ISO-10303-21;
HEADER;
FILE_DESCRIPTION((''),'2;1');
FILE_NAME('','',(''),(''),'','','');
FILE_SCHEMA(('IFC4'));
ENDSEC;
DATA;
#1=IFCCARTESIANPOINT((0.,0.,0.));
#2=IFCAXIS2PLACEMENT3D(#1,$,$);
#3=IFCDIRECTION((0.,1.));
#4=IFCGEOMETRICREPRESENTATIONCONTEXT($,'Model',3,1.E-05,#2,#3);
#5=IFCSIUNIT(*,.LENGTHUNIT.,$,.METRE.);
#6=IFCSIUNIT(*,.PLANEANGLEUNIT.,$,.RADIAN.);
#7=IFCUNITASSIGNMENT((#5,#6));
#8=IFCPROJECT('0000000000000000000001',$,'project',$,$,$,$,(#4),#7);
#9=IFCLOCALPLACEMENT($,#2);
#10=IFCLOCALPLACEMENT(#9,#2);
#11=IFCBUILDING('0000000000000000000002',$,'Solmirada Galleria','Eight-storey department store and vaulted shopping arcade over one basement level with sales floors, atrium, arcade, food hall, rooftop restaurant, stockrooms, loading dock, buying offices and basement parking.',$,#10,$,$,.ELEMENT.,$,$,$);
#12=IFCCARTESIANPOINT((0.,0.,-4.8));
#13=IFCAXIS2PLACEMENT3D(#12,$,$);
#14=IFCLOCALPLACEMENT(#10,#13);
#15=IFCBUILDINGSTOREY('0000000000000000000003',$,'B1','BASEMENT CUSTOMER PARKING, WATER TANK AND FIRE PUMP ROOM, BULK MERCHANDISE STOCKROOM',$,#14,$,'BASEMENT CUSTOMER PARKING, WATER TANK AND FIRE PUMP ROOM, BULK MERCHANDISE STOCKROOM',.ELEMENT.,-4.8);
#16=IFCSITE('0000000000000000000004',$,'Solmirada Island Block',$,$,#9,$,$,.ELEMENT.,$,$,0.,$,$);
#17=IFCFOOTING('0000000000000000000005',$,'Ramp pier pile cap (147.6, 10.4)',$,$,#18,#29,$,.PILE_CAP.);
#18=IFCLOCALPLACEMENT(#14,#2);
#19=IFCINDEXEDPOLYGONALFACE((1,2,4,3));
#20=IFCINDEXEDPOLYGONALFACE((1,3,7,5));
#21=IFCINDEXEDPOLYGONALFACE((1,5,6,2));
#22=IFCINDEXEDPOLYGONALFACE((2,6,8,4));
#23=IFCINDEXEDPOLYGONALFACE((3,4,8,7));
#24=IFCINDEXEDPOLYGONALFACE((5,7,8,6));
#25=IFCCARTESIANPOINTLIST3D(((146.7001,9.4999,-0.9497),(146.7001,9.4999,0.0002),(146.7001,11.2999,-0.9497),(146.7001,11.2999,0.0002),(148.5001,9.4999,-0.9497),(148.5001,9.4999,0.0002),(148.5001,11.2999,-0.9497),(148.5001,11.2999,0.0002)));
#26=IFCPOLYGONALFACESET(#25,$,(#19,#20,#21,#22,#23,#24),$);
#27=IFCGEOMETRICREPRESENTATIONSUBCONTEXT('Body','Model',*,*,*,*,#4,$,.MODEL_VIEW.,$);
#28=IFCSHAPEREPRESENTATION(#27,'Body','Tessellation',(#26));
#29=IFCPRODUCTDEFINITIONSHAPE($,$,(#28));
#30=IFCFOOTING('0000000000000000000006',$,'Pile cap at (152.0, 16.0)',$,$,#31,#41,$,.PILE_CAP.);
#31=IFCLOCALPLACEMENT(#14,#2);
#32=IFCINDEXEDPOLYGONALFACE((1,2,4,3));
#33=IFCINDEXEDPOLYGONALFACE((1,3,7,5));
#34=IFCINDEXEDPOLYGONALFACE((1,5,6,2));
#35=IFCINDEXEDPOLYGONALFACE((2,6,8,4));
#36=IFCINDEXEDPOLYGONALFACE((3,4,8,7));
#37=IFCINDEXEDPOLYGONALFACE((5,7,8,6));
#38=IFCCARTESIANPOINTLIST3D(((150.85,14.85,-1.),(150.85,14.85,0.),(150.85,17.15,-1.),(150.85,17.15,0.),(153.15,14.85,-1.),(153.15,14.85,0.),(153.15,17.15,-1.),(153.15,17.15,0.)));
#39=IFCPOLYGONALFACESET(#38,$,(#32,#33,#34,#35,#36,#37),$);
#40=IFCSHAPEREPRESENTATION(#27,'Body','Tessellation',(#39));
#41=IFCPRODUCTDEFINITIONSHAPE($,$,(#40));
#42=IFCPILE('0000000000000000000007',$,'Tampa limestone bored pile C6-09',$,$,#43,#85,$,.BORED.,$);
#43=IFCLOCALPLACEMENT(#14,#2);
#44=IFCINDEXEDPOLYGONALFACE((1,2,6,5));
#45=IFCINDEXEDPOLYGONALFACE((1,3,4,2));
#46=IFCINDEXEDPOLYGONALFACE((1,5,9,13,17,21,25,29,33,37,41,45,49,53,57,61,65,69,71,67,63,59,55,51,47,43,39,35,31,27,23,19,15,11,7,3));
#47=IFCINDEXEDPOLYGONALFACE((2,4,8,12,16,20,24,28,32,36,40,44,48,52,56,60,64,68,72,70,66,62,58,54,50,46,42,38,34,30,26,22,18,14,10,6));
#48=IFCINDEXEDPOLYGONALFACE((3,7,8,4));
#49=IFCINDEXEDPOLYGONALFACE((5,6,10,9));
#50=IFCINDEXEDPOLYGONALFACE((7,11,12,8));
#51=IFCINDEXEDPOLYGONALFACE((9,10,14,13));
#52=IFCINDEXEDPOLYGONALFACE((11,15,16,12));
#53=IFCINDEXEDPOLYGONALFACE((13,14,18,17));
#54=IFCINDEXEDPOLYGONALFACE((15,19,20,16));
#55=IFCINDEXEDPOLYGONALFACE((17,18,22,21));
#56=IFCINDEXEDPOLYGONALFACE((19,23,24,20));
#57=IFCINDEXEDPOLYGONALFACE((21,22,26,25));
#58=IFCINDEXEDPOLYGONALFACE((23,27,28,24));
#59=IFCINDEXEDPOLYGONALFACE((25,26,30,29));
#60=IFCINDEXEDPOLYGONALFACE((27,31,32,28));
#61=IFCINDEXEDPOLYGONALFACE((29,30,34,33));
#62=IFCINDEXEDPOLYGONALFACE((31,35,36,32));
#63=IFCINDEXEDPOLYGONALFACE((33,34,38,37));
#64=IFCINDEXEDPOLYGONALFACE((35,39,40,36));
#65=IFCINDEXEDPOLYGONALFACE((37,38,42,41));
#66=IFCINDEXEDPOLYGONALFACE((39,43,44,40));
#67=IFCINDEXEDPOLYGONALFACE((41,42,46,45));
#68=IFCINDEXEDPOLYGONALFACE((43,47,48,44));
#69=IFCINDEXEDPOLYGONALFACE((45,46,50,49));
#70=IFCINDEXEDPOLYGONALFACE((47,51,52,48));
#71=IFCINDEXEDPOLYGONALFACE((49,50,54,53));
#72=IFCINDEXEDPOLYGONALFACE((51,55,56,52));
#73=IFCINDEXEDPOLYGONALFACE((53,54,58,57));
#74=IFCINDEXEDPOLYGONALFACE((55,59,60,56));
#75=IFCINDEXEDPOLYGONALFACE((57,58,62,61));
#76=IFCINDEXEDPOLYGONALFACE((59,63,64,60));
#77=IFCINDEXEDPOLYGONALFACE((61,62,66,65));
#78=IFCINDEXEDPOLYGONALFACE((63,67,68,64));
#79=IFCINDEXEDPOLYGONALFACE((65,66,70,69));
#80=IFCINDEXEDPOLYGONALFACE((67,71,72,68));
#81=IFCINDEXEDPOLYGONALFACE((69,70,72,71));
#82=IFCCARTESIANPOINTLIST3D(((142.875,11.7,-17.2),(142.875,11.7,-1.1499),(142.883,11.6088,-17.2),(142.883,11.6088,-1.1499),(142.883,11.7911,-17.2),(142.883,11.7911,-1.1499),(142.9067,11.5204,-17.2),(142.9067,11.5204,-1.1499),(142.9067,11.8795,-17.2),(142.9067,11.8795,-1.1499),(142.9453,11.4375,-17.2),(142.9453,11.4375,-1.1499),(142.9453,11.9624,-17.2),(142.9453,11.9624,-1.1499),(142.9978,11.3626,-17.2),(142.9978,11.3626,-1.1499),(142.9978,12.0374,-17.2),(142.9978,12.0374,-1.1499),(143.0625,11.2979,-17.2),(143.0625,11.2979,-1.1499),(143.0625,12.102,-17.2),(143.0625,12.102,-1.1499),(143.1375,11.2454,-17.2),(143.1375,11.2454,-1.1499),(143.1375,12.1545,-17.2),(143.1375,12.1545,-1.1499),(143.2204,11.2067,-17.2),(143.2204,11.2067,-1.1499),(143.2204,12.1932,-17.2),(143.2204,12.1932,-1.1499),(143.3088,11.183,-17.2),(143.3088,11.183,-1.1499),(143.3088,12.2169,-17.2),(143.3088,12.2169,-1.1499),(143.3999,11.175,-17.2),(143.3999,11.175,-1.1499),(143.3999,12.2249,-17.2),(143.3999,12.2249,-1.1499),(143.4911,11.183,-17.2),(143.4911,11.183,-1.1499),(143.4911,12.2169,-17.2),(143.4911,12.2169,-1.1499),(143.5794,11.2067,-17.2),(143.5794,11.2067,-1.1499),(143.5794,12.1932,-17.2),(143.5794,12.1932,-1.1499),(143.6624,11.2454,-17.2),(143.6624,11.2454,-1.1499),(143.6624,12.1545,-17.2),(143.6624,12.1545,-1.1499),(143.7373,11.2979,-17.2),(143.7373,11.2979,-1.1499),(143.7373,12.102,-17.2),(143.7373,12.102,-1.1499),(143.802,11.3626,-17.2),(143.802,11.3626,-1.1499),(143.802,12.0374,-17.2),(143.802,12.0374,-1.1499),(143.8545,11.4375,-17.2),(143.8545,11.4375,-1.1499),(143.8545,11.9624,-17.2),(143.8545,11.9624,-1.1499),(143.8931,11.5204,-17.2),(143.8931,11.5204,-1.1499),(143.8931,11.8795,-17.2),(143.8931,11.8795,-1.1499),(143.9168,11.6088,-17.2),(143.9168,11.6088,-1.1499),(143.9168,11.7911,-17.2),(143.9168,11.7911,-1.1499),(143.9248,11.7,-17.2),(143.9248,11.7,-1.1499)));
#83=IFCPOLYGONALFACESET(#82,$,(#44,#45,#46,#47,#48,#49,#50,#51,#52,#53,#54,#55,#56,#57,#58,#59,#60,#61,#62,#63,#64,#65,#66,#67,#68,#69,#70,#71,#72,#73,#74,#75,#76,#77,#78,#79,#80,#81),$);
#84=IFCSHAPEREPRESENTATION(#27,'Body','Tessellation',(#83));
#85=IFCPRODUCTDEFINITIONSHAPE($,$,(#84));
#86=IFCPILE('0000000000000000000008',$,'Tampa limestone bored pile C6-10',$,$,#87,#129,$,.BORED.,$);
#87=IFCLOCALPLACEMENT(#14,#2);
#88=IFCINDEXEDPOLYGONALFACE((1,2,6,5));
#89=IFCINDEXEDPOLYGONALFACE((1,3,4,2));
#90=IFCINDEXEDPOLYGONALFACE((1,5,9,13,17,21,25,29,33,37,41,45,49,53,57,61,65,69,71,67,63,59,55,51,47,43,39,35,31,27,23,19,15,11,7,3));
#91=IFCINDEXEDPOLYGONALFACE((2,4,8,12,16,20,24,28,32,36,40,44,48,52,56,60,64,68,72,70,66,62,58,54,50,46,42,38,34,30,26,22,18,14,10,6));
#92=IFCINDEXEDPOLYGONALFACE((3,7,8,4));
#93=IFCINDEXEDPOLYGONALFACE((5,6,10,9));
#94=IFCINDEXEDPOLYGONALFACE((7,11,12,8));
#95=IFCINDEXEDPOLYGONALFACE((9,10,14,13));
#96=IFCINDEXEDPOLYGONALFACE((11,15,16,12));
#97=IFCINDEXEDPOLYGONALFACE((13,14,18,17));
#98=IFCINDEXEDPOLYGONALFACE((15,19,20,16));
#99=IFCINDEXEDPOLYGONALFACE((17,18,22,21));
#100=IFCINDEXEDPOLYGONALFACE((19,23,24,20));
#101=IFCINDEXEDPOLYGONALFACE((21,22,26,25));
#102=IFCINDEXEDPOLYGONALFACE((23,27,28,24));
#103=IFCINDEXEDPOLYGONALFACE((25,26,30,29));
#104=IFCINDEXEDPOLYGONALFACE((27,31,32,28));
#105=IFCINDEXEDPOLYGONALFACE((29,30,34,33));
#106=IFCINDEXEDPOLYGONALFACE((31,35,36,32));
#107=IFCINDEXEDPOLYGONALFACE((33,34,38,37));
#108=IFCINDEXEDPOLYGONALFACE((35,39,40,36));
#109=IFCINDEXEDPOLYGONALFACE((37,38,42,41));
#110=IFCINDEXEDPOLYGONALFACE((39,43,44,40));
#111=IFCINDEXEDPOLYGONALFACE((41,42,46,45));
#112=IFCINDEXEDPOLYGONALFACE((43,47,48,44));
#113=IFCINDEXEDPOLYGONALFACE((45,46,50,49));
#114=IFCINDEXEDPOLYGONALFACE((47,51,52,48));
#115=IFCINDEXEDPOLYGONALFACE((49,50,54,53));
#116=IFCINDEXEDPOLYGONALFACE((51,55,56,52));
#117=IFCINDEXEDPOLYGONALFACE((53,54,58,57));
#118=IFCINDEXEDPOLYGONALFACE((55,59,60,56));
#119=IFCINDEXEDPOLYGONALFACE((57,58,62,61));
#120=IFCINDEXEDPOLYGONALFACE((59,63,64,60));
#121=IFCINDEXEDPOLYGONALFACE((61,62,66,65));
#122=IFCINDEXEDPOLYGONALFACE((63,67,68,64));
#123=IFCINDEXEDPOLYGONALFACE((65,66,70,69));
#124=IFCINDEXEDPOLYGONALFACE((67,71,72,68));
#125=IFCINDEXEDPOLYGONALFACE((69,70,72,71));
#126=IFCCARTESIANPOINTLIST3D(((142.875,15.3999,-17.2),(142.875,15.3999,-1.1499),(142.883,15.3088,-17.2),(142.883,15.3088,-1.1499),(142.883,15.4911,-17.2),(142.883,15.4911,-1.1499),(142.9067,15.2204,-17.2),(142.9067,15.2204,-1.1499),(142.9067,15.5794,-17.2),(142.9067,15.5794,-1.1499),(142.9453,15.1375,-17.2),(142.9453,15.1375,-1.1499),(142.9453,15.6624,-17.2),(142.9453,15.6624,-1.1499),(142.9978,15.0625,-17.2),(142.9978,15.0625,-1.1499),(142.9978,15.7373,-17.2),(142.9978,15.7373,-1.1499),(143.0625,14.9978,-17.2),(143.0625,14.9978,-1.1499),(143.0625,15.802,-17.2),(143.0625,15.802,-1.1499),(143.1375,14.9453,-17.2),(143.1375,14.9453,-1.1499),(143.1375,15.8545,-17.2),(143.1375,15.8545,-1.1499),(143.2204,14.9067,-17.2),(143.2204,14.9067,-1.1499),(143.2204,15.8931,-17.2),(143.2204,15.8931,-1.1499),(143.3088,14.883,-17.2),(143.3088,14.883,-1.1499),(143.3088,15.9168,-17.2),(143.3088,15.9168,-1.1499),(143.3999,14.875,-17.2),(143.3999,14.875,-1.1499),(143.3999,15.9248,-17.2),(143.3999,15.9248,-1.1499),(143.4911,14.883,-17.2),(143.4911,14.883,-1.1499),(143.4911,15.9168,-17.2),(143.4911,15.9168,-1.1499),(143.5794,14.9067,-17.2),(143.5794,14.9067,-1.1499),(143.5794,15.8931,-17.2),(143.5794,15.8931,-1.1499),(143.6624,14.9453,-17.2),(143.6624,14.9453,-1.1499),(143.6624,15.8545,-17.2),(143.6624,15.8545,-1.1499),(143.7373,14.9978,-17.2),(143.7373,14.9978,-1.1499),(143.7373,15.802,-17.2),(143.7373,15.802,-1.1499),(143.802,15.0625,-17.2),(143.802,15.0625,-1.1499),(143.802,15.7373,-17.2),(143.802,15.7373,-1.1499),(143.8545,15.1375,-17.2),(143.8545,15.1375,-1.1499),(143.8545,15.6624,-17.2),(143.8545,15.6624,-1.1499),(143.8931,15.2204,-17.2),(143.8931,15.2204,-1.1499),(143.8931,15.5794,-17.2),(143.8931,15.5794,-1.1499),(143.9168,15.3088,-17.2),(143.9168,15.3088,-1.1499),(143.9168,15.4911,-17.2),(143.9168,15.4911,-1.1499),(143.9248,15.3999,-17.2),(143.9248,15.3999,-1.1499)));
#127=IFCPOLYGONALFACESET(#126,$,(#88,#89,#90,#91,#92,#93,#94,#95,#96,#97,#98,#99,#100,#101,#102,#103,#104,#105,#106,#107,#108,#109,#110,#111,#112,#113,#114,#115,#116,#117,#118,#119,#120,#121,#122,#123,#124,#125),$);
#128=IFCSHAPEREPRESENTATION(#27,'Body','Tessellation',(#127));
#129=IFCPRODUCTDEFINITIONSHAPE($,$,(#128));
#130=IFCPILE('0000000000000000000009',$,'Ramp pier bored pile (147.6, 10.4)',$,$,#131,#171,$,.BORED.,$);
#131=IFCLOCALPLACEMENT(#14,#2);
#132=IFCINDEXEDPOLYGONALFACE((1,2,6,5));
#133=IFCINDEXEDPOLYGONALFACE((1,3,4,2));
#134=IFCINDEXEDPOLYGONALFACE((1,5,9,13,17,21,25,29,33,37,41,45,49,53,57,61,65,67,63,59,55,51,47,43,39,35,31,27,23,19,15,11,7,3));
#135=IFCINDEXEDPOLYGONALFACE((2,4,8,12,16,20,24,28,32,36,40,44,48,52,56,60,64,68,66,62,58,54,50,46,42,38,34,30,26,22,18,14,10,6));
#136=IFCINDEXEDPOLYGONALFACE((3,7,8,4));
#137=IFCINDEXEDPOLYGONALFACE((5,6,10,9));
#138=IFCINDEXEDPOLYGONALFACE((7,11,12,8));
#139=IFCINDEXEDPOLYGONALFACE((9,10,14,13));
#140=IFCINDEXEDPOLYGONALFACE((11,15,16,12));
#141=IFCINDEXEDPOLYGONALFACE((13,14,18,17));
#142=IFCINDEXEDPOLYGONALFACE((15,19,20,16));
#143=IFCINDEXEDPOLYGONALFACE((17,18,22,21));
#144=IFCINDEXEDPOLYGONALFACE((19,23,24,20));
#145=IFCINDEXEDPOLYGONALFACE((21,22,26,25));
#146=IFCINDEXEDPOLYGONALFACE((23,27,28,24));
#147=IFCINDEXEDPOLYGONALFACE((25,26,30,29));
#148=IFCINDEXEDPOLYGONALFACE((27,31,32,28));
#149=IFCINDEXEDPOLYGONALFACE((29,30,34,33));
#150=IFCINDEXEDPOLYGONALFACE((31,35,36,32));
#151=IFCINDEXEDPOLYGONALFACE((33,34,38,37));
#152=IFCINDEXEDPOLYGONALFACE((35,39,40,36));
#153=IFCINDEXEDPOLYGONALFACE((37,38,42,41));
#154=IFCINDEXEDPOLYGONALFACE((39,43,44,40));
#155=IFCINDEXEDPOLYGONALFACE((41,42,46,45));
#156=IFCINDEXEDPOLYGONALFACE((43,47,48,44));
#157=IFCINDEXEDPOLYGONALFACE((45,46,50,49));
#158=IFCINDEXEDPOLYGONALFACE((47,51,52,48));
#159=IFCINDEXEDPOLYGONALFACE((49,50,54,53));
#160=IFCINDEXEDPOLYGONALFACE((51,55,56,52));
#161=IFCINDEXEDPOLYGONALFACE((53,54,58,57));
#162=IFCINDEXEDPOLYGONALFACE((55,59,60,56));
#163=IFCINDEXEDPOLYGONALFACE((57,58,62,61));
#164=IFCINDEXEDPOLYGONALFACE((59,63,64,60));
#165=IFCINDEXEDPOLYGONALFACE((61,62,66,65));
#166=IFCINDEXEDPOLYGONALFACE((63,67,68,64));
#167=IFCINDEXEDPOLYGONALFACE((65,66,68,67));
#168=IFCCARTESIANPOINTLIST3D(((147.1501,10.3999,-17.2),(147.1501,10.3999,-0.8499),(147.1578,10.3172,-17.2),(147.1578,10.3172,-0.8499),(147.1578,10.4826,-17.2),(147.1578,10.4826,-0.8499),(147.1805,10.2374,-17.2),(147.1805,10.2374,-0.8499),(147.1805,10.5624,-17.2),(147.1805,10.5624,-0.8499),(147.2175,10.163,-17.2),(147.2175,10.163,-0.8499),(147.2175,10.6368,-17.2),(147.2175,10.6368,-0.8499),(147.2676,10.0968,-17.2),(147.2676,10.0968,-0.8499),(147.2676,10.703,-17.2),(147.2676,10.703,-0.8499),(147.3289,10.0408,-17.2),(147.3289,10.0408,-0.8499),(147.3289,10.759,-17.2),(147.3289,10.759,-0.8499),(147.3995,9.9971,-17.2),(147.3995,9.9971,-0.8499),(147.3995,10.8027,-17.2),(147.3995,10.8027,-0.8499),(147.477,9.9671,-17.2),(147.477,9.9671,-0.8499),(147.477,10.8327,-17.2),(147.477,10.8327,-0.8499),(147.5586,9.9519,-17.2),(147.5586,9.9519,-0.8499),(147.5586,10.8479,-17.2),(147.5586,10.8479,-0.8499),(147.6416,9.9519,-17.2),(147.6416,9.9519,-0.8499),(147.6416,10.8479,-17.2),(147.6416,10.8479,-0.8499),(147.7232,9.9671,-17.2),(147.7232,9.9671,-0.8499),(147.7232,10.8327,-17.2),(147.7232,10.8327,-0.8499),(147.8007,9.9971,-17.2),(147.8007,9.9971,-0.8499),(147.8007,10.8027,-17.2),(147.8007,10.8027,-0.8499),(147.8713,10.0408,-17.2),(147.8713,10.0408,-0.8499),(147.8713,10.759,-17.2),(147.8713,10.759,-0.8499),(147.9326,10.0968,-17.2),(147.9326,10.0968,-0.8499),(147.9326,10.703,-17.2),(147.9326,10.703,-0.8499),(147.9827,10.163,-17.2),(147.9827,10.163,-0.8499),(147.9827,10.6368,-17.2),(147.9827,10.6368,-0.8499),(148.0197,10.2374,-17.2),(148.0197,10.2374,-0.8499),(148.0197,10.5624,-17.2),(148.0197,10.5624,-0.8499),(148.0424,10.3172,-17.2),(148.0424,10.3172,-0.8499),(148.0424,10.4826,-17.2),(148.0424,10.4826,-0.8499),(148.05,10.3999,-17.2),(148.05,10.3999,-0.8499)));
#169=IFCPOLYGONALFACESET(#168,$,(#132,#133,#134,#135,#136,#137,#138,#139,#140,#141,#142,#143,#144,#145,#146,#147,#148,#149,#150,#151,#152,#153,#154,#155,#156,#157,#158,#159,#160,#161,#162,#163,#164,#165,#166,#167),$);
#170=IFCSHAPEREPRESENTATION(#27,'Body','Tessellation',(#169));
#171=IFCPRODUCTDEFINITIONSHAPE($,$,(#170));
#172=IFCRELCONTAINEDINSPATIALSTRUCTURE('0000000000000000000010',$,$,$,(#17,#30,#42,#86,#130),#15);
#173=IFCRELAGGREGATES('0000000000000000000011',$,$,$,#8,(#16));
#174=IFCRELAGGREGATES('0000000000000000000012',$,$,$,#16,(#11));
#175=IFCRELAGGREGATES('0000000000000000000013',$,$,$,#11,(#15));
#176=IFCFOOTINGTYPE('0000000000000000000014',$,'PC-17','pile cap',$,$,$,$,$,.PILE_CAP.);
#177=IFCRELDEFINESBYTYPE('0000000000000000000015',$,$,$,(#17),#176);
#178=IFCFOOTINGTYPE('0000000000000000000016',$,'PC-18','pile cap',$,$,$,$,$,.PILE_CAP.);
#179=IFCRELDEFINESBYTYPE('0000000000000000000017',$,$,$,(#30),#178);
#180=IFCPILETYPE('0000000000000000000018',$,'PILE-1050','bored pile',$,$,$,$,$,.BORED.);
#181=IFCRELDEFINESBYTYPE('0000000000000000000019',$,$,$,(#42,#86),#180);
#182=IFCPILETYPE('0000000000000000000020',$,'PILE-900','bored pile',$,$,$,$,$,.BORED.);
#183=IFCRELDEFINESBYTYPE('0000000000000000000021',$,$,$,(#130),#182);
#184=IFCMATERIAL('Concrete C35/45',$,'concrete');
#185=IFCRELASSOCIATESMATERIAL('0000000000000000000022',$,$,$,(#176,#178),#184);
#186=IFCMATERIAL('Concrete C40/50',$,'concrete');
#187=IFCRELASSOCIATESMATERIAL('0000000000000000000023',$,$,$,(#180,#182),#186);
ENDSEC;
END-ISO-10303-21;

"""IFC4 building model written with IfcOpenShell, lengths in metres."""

from ifc_helpers import new_model, si_unit, direction, frame, origin, origin_2d, place, context, subcontext, project, spatial, rectangle, circle, extrude, material, material_profile, profile_set, type_object, element, save


model = new_model("IFC4")

# Units and contexts
model_context = context("Model", 3, precision=1e-05, world=origin(), true_north=direction((0.0, 1.0)))
body_context = subcontext(model_context, "Body", "Model", "MODEL_VIEW")
ifc_project = project(units=[si_unit("LENGTHUNIT", "METRE"), si_unit("PLANEANGLEUNIT", "RADIAN")], contexts=[model_context])

# Site, building, storey
site_placement = place(None, origin())
site = spatial("IfcSite", under=ifc_project, at=site_placement, Name="Solmirada Island Block", CompositionType="ELEMENT", RefElevation=0.0)
building_placement = place(site_placement, origin())
building = spatial("IfcBuilding", under=site, at=building_placement, Name="Solmirada Galleria", Description="Eight-storey department store and vaulted shopping arcade over one basement level with sales floors, atrium, arcade, food hall, rooftop restaurant, stockrooms, loading dock, buying offices and basement parking.", CompositionType="ELEMENT")
storey_placement = place(building_placement, frame((0.0, 0.0, -4.8)))
storey = spatial("IfcBuildingStorey", under=building, at=storey_placement, Name="B1", Description="BASEMENT CUSTOMER PARKING, WATER TANK AND FIRE PUMP ROOM, BULK MERCHANDISE STOCKROOM", LongName="BASEMENT CUSTOMER PARKING, WATER TANK AND FIRE PUMP ROOM, BULK MERCHANDISE STOCKROOM", CompositionType="ELEMENT", Elevation=-4.8)

# Footings
ifc_material_1 = material(Name="Concrete C35/45", Category="concrete")
footing_type_1 = type_object("IfcFootingType", Name="PC-17", Description="pile cap", PredefinedType="PILE_CAP", material=ifc_material_1)
footing_1_placement = place(storey_placement, frame((147.6001, 10.3999, -0.9497), z_axis=(0.0, 0.0, 1.0), x_axis=(1.0, 0.0, 0.0)))
element("IfcFooting", 1, at=footing_1_placement, inside=storey, type_object=footing_type_1, Name="Ramp pier pile cap (147.6, 10.4)", PredefinedType="PILE_CAP", context=body_context, shape_type="SweptSolid", body=[
    extrude(rectangle(XDim=1.8, YDim=1.8, at=origin_2d()), origin(), (0.0, 0.0, 1.0), 0.95),
])
footing_type_2 = type_object("IfcFootingType", Name="PC-18", Description="pile cap", PredefinedType="PILE_CAP", material=ifc_material_1)
footing_2_placement = place(storey_placement, frame((152.0, 16.0, -1.0), z_axis=(0.0, 0.0, 1.0), x_axis=(1.0, 0.0, 0.0)))
element("IfcFooting", 2, at=footing_2_placement, inside=storey, type_object=footing_type_2, Name="Pile cap at (152.0, 16.0)", PredefinedType="PILE_CAP", context=body_context, shape_type="SweptSolid", body=[
    extrude(rectangle(XDim=2.3, YDim=2.3, at=origin_2d()), origin(), (0.0, 0.0, 1.0), 1.0),
])

# Piles
ifc_material_2 = material(Name="Concrete C40/50", Category="concrete")
ifc_material_profile_1 = material_profile(ifc_material_2, circle(Radius=0.5249, at=origin_2d()), Name="PILE1050")
ifc_profile_set_1 = profile_set([ifc_material_profile_1], Name="Concrete C40/50")
pile_type_1 = type_object("IfcPileType", Name="PILE-1050", Description="bored pile", PredefinedType="BORED", material=ifc_profile_set_1)
for number, where, z_axis, x_axis, name in (
    (3, (143.3999, 11.7, -1.1499), (0.0, 0.0, -1.0), (1.0, 0.0, 0.0), "Tampa limestone bored pile C6-09"),
    (4, (143.3999, 15.3999, -1.1499), (0.0, 0.0, -1.0), (1.0, 0.0, 0.0), "Tampa limestone bored pile C6-10"),
):
    element("IfcPile", number, at=place(storey_placement, frame(where, z_axis=z_axis, x_axis=x_axis)), inside=storey, type_object=pile_type_1, Name=name, PredefinedType="BORED", context=body_context, shape_type="SweptSolid", body=[
        extrude(circle(Radius=0.5249, at=origin_2d()), origin(), (0.0, 0.0, 1.0), 16.05),
    ])
ifc_material_profile_2 = material_profile(ifc_material_2, circle(Radius=0.45, at=origin_2d()), Name="PILE900")
ifc_profile_set_2 = profile_set([ifc_material_profile_2], Name="Concrete C40/50")
pile_type_2 = type_object("IfcPileType", Name="PILE-900", Description="bored pile", PredefinedType="BORED", material=ifc_profile_set_2)
pile_1_placement = place(storey_placement, frame((147.6001, 10.3999, -0.8499), z_axis=(0.0, 0.0, -1.0), x_axis=(1.0, 0.0, 0.0)))
element("IfcPile", 5, at=pile_1_placement, inside=storey, type_object=pile_type_2, Name="Ramp pier bored pile (147.6, 10.4)", PredefinedType="BORED", context=body_context, shape_type="SweptSolid", body=[
    extrude(circle(Radius=0.45, at=origin_2d()), origin(), (0.0, 0.0, 1.0), 16.3501),
])

save(model, "model.ifc")
